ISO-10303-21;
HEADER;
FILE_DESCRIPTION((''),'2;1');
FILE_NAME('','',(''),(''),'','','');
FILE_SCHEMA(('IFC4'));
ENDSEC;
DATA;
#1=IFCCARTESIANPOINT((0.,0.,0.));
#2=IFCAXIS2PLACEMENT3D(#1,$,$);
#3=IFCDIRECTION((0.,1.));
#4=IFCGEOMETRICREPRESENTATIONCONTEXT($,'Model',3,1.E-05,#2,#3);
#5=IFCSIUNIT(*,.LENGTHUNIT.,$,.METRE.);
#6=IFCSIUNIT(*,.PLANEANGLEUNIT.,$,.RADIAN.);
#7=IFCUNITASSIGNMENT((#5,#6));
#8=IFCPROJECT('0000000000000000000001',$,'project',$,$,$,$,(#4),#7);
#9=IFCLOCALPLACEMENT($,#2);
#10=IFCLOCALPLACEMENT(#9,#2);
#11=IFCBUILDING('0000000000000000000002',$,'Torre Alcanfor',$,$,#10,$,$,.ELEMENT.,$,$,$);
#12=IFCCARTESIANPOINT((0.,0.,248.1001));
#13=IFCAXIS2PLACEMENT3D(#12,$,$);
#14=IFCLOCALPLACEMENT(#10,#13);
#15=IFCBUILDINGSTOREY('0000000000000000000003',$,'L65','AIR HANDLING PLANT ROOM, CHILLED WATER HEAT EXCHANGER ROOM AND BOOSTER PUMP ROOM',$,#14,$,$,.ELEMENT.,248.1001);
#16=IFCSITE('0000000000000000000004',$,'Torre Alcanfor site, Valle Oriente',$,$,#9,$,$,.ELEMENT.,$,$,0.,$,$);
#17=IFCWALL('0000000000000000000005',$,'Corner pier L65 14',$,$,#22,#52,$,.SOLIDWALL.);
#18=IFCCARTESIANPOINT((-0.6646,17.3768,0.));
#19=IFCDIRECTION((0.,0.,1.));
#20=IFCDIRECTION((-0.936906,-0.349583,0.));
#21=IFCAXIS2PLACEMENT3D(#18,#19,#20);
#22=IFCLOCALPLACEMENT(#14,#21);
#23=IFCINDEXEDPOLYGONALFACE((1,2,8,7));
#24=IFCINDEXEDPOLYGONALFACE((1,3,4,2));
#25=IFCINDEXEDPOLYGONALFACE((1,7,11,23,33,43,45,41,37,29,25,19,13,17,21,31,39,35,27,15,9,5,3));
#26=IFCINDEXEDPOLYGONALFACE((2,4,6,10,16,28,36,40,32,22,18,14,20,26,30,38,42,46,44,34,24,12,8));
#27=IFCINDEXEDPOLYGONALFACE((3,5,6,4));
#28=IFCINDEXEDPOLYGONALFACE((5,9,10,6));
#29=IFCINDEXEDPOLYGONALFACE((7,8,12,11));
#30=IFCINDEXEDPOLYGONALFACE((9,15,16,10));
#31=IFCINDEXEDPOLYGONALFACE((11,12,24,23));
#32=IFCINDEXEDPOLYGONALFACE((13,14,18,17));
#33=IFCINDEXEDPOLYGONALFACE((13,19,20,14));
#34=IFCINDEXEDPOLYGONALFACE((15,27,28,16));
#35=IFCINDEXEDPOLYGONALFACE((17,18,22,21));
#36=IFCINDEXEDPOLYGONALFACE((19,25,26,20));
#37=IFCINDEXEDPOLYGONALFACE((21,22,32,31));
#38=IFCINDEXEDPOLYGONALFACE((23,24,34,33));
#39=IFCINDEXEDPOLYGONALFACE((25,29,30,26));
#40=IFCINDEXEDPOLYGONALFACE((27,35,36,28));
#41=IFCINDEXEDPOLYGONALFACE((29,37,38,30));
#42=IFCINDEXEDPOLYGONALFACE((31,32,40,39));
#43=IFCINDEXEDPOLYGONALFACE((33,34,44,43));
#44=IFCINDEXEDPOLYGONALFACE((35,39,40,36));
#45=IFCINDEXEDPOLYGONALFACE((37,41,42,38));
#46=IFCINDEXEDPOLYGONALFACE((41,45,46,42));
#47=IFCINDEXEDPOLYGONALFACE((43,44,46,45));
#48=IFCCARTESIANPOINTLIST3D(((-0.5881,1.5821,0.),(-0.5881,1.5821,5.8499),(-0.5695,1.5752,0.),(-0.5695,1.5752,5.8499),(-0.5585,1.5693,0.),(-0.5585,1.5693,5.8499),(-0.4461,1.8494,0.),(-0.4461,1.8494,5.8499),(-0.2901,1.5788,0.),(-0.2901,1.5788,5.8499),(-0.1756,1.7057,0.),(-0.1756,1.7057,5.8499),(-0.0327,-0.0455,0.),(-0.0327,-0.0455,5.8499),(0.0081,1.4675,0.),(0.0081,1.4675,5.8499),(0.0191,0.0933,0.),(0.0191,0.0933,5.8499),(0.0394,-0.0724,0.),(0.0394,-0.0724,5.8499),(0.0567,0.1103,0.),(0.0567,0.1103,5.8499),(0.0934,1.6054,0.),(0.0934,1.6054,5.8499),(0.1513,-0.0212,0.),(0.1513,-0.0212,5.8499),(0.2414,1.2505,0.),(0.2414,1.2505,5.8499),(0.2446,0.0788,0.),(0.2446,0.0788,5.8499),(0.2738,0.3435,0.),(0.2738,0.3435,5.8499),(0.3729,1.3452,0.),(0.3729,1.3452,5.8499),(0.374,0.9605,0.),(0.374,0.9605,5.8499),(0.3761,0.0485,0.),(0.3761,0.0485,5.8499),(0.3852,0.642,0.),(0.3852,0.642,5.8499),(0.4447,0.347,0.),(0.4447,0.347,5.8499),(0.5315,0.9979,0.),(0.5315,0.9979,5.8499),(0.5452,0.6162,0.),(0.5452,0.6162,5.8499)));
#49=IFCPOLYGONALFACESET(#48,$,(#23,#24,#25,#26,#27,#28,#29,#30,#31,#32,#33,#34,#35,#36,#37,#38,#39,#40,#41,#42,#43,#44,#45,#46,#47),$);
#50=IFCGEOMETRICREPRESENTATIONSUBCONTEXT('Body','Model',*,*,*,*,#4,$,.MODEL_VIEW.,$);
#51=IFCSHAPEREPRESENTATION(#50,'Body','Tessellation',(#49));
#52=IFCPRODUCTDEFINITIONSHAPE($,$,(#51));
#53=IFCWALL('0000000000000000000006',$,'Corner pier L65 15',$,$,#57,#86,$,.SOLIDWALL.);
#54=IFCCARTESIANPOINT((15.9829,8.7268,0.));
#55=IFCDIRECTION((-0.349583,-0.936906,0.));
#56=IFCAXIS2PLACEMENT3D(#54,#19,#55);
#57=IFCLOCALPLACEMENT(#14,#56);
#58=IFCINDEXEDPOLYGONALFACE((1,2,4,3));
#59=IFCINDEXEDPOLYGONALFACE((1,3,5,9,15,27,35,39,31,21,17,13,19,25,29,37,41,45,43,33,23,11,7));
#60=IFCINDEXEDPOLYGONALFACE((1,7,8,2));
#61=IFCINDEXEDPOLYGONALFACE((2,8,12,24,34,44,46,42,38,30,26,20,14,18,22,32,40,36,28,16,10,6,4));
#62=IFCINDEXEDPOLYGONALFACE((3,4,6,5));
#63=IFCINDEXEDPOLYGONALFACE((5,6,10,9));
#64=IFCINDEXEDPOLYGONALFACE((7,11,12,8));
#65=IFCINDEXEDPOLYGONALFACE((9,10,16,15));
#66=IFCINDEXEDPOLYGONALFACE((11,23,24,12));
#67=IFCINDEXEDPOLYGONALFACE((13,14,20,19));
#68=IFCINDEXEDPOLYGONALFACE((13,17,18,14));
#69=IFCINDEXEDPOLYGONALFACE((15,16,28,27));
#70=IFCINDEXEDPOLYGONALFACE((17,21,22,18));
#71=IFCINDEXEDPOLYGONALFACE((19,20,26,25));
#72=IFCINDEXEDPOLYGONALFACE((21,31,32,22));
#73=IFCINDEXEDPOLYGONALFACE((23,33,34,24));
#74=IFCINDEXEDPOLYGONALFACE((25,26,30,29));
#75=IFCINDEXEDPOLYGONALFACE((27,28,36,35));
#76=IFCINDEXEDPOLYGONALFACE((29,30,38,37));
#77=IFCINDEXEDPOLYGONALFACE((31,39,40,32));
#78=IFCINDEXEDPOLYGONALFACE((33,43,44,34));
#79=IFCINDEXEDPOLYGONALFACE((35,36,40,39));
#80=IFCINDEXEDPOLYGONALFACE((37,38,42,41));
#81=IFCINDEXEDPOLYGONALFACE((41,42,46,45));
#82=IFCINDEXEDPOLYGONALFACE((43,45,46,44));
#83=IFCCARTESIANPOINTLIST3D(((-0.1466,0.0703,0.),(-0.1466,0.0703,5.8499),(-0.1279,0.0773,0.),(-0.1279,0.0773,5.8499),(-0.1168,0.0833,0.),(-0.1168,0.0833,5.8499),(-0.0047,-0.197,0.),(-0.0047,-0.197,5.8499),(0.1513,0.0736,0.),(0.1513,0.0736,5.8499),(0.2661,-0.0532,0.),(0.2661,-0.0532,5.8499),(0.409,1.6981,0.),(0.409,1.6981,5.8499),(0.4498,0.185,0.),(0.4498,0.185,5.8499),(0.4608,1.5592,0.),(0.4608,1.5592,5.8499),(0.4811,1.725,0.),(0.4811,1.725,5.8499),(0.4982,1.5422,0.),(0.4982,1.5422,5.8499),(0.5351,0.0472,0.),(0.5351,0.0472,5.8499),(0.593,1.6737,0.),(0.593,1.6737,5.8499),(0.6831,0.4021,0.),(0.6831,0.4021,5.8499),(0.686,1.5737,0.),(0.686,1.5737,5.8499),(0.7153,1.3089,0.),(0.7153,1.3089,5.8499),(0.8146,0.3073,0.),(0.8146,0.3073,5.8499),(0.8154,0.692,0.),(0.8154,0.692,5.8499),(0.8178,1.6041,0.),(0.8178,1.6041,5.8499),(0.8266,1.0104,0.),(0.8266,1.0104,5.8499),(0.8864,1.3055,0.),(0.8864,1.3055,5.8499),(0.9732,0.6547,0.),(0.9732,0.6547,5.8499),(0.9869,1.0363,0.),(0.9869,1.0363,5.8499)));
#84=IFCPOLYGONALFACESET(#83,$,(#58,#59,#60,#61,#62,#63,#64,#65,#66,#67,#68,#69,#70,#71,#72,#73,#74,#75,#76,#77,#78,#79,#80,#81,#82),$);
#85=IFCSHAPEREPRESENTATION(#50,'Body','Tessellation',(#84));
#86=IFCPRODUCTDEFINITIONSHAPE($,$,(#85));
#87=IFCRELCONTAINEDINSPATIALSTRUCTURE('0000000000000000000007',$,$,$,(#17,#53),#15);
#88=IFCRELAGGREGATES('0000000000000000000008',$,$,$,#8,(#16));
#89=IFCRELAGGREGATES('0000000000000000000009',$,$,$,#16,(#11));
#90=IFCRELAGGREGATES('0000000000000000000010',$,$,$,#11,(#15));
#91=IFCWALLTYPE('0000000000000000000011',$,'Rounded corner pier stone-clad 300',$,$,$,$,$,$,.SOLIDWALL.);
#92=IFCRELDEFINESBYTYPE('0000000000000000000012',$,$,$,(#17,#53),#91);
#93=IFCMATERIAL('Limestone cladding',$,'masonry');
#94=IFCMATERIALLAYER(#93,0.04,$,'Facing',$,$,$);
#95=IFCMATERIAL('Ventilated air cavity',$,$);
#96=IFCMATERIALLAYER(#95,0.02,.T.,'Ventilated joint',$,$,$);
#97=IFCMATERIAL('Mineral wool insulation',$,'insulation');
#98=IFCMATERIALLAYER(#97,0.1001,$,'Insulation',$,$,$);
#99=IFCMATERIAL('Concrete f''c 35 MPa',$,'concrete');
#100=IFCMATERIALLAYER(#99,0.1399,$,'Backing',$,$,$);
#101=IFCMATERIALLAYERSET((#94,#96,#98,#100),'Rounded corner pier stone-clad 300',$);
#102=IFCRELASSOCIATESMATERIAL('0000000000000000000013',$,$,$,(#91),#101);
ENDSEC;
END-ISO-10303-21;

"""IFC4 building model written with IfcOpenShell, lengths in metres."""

from ifc_helpers import new_model, si_unit, direction, frame, origin, place, context, subcontext, project, spatial, polyline, outline, extrude, material, layer, layer_set, type_object, element, save


model = new_model("IFC4")

# Units and contexts
model_context = context("Model", 3, precision=1e-05, world=origin(), true_north=direction((0.0, 1.0)))
body_context = subcontext(model_context, "Body", "Model", "MODEL_VIEW")
ifc_project = project(units=[si_unit("LENGTHUNIT", "METRE"), si_unit("PLANEANGLEUNIT", "RADIAN")], contexts=[model_context])

# Site, building, storey
site_placement = place(None, origin())
site = spatial("IfcSite", under=ifc_project, at=site_placement, Name="Torre Alcanfor site, Valle Oriente", CompositionType="ELEMENT", RefElevation=0.0)
building_placement = place(site_placement, origin())
building = spatial("IfcBuilding", under=site, at=building_placement, Name="Torre Alcanfor", CompositionType="ELEMENT")
storey_placement = place(building_placement, frame((0.0, 0.0, 248.1001)))
storey = spatial("IfcBuildingStorey", under=building, at=storey_placement, Name="L65", Description="AIR HANDLING PLANT ROOM, CHILLED WATER HEAT EXCHANGER ROOM AND BOOSTER PUMP ROOM", CompositionType="ELEMENT", Elevation=248.1001)

# Walls
ifc_material_1 = material(Name="Limestone cladding", Category="masonry")
ifc_material_2 = material(Name="Ventilated air cavity")
ifc_material_3 = material(Name="Mineral wool insulation", Category="insulation")
ifc_material_4 = material(Name="Concrete f'c 35 MPa", Category="concrete")
ifc_layer_1 = layer(ifc_material_1, 0.04, Name="Facing")
ifc_layer_2 = layer(ifc_material_2, 0.02, ventilated=True, Name="Ventilated joint")
ifc_layer_3 = layer(ifc_material_3, 0.1001, Name="Insulation")
ifc_layer_4 = layer(ifc_material_4, 0.1399, Name="Backing")
ifc_layer_set_1 = layer_set([ifc_layer_1, ifc_layer_2, ifc_layer_3, ifc_layer_4], Name="Rounded corner pier stone-clad 300")
wall_type_1 = type_object("IfcWallType", Name="Rounded corner pier stone-clad 300", PredefinedType="SOLIDWALL", material=ifc_layer_set_1)
wall_1_placement = place(storey_placement, frame((-0.6646, 17.3768, 0.0), z_axis=(0.0, 0.0, 1.0), x_axis=(-0.936906, -0.349583, 0.0)))
element("IfcWall", 1, at=wall_1_placement, inside=storey, type_object=wall_type_1, Name="Corner pier L65 14", PredefinedType="SOLIDWALL", context=body_context, shape_type="SweptSolid", body=[
    extrude(outline(polyline([(-0.4461, 1.8494), (-0.5881, 1.5821), (-0.5695, 1.5752), (-0.5585, 1.5693), (-0.2901, 1.5788), (0.0081, 1.4675), (0.2414, 1.2505), (0.374, 0.9605), (0.3852, 0.642), (0.2738, 0.3435), (0.0567, 0.1103), (0.0191, 0.0933), (-0.0327, -0.0455), (0.0394, -0.0724), (0.1513, -0.0212), (0.2446, 0.0788), (0.3761, 0.0485), (0.4447, 0.347), (0.5452, 0.6162), (0.5315, 0.9979), (0.3729, 1.3452), (0.0934, 1.6054), (-0.1756, 1.7057), (-0.4461, 1.8494)])), origin(), (0.0, 0.0, 1.0), 5.8499),
])
wall_2_placement = place(storey_placement, frame((15.9829, 8.7268, 0.0), z_axis=(0.0, 0.0, 1.0), x_axis=(-0.349583, -0.936906, 0.0)))
element("IfcWall", 2, at=wall_2_placement, inside=storey, type_object=wall_type_1, Name="Corner pier L65 15", PredefinedType="SOLIDWALL", context=body_context, shape_type="SweptSolid", body=[
    extrude(outline(polyline([(0.8178, 1.6041), (0.686, 1.5737), (0.593, 1.6737), (0.4811, 1.725), (0.409, 1.6981), (0.4608, 1.5592), (0.4982, 1.5422), (0.7153, 1.3089), (0.8266, 1.0104), (0.8154, 0.692), (0.6831, 0.4021), (0.4498, 0.185), (0.1513, 0.0736), (-0.1168, 0.0833), (-0.1279, 0.0773), (-0.1466, 0.0703), (-0.0047, -0.197), (0.2661, -0.0532), (0.5351, 0.0472), (0.8146, 0.3073), (0.9732, 0.6547), (0.9869, 1.0363), (0.8864, 1.3055), (0.8178, 1.6041)])), origin(), (0.0, 0.0, 1.0), 5.8499),
])

save(model, "model.ifc")
